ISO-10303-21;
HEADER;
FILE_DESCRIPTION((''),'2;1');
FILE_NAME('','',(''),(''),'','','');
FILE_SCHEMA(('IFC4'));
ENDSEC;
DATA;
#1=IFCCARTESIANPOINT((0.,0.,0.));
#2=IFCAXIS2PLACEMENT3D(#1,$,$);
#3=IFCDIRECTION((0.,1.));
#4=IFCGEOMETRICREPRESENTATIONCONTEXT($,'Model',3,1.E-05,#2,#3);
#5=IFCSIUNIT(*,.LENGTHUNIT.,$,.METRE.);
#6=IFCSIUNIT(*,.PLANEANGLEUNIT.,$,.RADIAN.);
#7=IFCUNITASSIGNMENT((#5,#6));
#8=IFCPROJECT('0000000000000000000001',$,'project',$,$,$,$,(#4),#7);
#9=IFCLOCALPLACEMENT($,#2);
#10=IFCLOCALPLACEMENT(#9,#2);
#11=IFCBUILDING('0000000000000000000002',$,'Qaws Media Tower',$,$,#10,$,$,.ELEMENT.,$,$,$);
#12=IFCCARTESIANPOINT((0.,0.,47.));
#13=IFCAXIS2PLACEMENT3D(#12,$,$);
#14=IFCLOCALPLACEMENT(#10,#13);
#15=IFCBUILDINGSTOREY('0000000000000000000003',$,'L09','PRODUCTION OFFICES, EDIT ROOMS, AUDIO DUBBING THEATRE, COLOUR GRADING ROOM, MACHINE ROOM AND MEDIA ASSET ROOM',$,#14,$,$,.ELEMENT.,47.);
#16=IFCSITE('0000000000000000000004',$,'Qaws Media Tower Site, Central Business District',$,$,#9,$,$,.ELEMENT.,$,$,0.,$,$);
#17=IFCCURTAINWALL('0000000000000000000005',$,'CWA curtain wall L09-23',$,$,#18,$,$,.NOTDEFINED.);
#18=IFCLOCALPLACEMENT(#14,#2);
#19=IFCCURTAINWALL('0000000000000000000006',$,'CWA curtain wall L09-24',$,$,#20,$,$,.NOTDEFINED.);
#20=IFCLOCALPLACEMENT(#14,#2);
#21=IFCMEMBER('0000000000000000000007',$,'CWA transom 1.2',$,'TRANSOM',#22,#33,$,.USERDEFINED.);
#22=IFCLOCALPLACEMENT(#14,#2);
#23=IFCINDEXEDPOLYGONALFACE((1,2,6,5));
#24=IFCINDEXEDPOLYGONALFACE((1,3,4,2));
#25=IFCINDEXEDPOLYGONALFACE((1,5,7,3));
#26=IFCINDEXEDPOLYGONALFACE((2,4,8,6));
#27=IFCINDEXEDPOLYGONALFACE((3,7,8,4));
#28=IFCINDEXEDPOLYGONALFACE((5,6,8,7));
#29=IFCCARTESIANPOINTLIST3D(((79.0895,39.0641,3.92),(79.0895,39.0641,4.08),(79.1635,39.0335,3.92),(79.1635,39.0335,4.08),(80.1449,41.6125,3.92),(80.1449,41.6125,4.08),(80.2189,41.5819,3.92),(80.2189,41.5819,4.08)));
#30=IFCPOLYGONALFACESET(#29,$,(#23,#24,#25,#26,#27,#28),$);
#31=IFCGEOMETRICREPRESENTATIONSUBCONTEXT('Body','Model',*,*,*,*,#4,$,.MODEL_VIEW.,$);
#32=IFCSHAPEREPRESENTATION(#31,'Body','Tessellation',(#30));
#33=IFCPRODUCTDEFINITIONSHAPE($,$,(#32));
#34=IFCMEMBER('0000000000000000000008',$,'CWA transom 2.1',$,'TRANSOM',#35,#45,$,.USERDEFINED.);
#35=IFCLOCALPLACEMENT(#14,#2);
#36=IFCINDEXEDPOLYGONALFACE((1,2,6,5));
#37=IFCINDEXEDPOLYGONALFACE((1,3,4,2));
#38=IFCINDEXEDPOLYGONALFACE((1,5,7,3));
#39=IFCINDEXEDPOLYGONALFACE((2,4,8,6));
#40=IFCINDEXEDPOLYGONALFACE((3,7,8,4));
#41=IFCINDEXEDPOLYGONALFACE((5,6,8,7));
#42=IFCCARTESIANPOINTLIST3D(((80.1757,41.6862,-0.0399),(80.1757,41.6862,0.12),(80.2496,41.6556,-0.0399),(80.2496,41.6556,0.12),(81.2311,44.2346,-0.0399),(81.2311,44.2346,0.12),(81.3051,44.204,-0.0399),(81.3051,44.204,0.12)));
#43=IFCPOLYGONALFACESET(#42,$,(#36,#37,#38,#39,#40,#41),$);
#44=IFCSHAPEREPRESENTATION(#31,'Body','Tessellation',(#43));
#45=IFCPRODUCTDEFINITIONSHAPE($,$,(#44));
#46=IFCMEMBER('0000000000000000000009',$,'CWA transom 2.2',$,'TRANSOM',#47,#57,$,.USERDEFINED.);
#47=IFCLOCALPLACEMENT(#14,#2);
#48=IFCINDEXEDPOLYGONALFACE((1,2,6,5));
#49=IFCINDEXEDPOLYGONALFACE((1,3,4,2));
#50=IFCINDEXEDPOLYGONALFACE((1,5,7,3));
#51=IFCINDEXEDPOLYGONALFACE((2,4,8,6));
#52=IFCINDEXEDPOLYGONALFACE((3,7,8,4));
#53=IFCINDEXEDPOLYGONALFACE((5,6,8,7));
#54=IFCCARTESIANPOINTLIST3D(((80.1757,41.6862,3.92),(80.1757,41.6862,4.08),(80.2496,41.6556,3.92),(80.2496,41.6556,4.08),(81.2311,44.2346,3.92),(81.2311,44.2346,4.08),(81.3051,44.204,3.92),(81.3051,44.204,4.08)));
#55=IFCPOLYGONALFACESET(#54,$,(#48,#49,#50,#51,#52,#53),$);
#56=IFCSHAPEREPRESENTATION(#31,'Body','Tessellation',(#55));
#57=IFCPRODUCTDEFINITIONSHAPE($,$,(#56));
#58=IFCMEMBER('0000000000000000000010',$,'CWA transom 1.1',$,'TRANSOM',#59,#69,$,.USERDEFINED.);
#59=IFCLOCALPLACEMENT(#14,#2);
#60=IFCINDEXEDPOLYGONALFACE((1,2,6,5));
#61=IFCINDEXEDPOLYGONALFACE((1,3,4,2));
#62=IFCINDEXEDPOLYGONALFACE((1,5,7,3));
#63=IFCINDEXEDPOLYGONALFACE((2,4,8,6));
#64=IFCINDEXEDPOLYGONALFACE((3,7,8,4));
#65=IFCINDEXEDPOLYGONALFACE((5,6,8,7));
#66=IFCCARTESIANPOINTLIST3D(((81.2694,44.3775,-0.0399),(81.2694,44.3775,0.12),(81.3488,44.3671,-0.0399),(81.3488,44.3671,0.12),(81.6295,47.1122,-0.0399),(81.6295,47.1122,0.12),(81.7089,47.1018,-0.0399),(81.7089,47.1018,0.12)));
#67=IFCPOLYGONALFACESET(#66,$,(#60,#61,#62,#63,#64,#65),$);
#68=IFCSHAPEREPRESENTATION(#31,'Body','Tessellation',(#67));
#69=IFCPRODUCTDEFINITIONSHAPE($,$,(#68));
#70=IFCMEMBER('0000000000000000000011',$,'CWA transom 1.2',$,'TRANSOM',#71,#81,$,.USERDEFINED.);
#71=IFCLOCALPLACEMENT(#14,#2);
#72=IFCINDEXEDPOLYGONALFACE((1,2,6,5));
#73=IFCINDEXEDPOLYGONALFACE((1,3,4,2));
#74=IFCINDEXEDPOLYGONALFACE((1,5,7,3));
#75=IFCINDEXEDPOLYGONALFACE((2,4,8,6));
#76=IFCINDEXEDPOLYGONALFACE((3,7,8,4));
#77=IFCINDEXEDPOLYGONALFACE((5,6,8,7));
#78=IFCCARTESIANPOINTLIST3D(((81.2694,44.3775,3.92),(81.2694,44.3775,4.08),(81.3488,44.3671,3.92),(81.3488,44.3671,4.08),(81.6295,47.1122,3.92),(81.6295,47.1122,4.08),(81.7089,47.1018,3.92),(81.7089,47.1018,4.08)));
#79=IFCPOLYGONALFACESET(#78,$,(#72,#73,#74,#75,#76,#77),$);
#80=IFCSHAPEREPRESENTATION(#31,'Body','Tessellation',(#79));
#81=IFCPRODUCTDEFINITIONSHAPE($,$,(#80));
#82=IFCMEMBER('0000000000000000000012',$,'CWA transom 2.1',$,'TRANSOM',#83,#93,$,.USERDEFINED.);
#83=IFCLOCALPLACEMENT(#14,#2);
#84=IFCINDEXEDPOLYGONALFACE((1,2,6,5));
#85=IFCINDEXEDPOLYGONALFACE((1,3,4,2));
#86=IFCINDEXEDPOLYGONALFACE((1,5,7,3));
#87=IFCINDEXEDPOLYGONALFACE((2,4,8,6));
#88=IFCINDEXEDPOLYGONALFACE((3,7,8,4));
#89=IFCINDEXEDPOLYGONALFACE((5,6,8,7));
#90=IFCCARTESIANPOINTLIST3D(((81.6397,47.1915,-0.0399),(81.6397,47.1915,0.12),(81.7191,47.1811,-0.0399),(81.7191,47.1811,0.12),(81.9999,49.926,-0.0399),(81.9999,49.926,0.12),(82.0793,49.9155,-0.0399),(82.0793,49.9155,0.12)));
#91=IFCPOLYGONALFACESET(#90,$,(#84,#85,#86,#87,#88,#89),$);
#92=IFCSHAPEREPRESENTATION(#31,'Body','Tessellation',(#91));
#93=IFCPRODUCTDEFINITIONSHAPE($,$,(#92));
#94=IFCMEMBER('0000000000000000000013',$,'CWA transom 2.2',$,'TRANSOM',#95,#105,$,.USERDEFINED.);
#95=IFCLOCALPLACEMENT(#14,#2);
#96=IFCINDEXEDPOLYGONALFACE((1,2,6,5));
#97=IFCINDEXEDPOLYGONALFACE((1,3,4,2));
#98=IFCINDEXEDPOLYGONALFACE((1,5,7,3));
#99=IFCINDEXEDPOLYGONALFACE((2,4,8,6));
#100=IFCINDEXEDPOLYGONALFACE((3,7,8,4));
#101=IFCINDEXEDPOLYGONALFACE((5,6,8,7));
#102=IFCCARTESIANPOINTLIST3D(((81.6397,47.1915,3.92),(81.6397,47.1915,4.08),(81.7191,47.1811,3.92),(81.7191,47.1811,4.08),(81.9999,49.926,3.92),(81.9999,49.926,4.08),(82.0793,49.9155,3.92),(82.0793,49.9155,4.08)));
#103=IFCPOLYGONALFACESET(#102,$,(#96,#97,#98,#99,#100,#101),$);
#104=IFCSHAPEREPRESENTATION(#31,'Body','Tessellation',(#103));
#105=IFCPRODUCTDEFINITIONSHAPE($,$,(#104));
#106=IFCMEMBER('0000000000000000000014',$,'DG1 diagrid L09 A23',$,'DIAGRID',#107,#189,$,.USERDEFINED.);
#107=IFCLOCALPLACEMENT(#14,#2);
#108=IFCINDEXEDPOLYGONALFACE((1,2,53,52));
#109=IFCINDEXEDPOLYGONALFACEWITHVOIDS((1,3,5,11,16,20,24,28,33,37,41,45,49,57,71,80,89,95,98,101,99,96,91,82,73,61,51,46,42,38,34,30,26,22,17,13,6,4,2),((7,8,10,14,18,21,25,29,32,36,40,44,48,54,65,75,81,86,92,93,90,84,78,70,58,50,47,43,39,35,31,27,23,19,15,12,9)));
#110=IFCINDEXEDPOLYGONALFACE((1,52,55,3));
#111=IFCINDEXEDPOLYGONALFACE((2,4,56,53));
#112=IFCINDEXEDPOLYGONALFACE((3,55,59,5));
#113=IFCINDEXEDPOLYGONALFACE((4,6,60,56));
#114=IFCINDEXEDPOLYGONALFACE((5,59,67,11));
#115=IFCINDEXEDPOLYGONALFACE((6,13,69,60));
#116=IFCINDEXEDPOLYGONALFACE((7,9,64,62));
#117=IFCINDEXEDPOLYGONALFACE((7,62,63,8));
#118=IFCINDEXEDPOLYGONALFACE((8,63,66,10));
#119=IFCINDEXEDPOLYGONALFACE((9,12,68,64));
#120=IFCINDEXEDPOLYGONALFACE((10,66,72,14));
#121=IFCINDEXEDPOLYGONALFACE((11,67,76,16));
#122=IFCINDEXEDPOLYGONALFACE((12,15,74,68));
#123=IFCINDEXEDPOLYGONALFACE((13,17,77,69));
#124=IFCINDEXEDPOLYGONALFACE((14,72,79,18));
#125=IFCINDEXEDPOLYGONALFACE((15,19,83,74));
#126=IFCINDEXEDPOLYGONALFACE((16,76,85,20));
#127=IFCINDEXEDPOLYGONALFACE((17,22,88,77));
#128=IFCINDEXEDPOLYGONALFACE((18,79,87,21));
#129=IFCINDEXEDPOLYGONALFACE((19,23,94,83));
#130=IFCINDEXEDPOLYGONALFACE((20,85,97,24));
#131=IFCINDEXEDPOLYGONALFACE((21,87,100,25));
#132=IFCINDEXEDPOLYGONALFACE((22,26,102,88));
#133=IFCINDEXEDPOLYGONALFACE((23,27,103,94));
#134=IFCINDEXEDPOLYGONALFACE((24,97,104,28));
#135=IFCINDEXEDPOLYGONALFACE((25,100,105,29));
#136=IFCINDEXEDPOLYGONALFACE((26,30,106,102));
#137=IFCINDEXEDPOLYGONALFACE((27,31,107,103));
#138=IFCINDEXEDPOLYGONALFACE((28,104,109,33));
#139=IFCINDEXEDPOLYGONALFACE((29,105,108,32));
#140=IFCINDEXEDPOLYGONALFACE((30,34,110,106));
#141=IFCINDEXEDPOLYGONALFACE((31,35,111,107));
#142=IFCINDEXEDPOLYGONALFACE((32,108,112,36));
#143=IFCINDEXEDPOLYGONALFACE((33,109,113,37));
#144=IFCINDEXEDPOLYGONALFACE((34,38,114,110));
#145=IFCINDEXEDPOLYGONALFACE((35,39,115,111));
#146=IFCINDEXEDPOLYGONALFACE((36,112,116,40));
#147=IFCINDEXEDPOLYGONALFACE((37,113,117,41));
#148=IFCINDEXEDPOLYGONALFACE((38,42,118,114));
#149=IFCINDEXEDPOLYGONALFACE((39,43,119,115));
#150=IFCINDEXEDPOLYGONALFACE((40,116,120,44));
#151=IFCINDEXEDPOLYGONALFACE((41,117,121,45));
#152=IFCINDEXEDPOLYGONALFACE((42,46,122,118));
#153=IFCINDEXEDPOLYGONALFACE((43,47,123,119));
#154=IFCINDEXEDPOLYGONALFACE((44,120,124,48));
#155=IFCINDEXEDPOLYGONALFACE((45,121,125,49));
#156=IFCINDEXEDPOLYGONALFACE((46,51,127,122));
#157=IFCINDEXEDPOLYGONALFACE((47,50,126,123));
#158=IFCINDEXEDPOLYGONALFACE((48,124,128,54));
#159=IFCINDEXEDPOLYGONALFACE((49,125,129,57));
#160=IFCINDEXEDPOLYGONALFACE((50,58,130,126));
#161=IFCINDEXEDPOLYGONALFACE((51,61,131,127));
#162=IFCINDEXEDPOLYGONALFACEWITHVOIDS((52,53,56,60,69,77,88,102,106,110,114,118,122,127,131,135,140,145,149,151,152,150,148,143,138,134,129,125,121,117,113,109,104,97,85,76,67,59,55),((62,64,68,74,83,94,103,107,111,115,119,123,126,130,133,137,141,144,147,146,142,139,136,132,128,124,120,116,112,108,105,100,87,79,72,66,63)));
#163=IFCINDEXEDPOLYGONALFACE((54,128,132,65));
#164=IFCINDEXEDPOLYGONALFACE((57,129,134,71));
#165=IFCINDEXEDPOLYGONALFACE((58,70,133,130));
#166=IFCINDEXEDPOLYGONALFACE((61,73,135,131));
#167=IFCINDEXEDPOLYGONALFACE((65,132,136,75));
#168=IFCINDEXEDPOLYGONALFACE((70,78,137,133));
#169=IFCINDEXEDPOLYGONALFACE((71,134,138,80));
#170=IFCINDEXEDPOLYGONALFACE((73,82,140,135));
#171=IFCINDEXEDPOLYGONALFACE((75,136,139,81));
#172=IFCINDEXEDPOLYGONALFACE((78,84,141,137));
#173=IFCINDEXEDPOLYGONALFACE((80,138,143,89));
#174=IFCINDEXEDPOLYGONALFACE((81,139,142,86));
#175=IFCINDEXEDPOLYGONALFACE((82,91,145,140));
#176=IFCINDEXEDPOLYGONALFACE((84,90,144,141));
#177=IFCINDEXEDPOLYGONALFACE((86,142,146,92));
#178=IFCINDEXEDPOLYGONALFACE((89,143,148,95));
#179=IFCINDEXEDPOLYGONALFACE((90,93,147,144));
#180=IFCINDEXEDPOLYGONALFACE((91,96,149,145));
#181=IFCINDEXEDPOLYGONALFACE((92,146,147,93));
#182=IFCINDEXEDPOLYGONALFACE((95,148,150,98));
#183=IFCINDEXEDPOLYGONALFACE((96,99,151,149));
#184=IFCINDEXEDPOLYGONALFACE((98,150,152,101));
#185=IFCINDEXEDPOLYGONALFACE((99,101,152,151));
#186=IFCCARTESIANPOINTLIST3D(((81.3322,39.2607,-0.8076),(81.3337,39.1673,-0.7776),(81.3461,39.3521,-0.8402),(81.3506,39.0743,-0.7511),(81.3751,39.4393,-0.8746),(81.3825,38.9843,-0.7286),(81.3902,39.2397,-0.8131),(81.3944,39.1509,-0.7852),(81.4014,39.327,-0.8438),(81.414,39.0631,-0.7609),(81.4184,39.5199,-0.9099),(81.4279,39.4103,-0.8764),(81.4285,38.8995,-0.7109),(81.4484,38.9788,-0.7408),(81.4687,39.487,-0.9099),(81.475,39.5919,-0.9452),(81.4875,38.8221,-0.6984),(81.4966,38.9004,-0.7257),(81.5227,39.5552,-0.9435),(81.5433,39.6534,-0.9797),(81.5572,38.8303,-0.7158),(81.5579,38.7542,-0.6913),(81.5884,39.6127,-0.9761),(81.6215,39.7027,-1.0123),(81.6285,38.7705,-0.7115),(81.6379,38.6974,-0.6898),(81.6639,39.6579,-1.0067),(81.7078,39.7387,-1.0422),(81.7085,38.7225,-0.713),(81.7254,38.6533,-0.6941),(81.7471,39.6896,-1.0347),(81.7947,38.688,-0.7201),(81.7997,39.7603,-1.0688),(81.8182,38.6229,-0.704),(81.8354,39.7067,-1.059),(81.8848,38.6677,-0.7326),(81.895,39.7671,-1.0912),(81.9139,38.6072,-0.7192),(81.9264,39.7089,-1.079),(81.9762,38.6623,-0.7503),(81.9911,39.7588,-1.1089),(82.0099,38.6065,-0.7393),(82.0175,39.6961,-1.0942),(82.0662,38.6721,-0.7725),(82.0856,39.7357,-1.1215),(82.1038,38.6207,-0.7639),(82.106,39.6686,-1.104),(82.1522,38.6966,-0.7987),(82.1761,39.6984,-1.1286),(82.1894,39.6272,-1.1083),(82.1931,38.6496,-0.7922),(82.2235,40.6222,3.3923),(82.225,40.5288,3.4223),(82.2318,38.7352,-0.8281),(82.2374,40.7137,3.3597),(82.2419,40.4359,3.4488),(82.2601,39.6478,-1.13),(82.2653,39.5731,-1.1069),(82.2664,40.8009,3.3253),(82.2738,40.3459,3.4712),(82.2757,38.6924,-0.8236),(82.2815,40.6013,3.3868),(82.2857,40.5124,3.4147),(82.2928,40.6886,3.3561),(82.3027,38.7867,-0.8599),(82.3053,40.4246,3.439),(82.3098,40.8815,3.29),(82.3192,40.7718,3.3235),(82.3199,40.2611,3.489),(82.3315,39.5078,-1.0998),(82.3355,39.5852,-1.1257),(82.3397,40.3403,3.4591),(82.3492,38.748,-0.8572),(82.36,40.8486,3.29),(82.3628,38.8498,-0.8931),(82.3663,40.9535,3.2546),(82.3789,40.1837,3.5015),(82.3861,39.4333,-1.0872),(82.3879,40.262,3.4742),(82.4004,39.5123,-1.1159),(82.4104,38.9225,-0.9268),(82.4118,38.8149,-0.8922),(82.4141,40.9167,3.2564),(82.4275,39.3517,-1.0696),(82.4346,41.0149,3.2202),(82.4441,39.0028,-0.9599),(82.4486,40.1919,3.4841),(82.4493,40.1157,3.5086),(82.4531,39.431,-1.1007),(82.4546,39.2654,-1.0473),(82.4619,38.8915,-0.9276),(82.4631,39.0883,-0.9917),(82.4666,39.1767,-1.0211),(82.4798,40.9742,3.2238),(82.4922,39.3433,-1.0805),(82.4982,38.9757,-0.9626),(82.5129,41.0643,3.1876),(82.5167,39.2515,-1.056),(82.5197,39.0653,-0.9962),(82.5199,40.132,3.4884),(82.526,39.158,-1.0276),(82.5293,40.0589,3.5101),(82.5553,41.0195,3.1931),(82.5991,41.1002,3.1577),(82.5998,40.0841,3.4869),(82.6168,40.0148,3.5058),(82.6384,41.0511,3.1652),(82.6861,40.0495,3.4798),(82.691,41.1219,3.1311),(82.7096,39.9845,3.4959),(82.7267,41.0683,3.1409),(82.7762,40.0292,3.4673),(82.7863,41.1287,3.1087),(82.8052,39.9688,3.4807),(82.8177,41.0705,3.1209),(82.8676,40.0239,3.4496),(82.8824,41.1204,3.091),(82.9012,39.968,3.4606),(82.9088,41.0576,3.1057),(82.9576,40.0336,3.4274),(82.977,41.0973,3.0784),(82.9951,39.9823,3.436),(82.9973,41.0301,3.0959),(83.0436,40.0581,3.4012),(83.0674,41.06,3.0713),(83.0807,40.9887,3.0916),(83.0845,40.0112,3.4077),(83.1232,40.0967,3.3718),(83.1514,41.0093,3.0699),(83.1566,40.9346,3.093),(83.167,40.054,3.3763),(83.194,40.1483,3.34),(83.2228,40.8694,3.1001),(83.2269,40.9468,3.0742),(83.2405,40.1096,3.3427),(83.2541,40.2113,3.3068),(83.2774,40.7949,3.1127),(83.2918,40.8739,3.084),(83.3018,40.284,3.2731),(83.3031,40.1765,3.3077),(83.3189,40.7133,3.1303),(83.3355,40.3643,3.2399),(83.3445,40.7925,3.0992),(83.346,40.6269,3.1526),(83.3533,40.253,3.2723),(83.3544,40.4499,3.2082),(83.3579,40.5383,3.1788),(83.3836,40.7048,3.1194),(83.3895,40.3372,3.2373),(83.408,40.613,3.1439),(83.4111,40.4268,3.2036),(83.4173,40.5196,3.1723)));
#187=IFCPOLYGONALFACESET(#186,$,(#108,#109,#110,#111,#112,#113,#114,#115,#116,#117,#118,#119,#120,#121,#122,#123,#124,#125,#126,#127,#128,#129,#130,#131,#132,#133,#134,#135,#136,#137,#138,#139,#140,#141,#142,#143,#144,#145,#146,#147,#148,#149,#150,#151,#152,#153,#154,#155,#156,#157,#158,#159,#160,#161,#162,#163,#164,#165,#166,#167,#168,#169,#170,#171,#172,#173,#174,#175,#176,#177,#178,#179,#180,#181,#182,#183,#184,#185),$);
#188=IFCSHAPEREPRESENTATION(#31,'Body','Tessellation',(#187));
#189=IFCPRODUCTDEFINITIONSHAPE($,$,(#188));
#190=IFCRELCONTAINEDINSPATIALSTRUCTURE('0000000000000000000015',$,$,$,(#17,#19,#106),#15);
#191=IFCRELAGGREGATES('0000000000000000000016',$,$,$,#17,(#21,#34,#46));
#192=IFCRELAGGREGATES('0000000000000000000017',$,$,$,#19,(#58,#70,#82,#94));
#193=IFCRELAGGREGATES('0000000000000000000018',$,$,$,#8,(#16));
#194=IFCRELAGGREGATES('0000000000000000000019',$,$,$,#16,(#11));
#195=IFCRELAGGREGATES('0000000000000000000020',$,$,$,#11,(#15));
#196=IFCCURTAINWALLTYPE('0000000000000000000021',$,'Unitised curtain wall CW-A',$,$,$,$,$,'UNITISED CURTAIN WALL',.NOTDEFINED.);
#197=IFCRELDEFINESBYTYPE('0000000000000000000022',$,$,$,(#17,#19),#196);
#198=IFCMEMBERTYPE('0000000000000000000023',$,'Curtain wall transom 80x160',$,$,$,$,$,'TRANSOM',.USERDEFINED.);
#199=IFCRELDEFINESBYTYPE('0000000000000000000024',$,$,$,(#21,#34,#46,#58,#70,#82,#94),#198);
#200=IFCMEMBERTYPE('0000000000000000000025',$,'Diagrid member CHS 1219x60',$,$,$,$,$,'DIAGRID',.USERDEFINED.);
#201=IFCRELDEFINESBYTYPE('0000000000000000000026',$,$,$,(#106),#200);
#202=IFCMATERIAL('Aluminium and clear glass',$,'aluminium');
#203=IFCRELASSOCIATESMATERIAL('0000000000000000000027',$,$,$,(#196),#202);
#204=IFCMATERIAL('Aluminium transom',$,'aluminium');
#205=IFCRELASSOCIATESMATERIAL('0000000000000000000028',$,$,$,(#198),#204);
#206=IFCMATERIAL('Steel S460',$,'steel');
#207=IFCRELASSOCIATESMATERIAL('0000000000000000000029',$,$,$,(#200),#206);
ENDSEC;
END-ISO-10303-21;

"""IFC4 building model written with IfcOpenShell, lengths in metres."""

from ifc_helpers import new_model, si_unit, direction, frame, origin, origin_2d, place, context, subcontext, project, spatial, rectangle, hollow_circle, extrude, material, material_profile, profile_set, type_object, element, aggregate, save


model = new_model("IFC4")

# Units and contexts
model_context = context("Model", 3, precision=1e-05, world=origin(), true_north=direction((0.0, 1.0)))
body_context = subcontext(model_context, "Body", "Model", "MODEL_VIEW")
ifc_project = project(units=[si_unit("LENGTHUNIT", "METRE"), si_unit("PLANEANGLEUNIT", "RADIAN")], contexts=[model_context])

# Site, building, storey
site_placement = place(None, origin())
site = spatial("IfcSite", under=ifc_project, at=site_placement, Name="Qaws Media Tower Site, Central Business District", CompositionType="ELEMENT", RefElevation=0.0)
building_placement = place(site_placement, origin())
building = spatial("IfcBuilding", under=site, at=building_placement, Name="Qaws Media Tower", CompositionType="ELEMENT")
storey_placement = place(building_placement, frame((0.0, 0.0, 47.0)))
storey = spatial("IfcBuildingStorey", under=building, at=storey_placement, Name="L09", Description="PRODUCTION OFFICES, EDIT ROOMS, AUDIO DUBBING THEATRE, COLOUR GRADING ROOM, MACHINE ROOM AND MEDIA ASSET ROOM", CompositionType="ELEMENT", Elevation=47.0)

# Shared definitions
ifc_material_1 = material(Name="Aluminium and clear glass", Category="aluminium")
curtain_wall_type = type_object("IfcCurtainWallType", Name="Unitised curtain wall CW-A", ElementType="UNITISED CURTAIN WALL", PredefinedType="NOTDEFINED", material=ifc_material_1)

# Curtain walls
curtain_wall_1_placement = place(storey_placement, origin())
curtain_wall_1 = element("IfcCurtainWall", 1, at=curtain_wall_1_placement, inside=storey, type_object=curtain_wall_type, Name="CWA curtain wall L09-23", PredefinedType="NOTDEFINED")
curtain_wall_2_placement = place(storey_placement, origin())
curtain_wall_2 = element("IfcCurtainWall", 2, at=curtain_wall_2_placement, inside=storey, type_object=curtain_wall_type, Name="CWA curtain wall L09-24", PredefinedType="NOTDEFINED")

# Members
ifc_material_2 = material(Name="Aluminium transom", Category="aluminium")
ifc_material_profile_1 = material_profile(ifc_material_2, rectangle(XDim=0.0801, YDim=0.1599, at=origin_2d()), Name="80x160")
ifc_profile_set_1 = profile_set([ifc_material_profile_1], Name="Aluminium transom")
member_type_1 = type_object("IfcMemberType", Name="Curtain wall transom 80x160", ElementType="TRANSOM", PredefinedType="USERDEFINED", material=ifc_profile_set_1)
member_1_placement = place(storey_placement, frame((79.1265, 39.0488, 4.0), z_axis=(0.382641, 0.923897, 0.0), x_axis=(-0.923897, 0.382641, 0.0)))
member_1 = element("IfcMember", 3, at=member_1_placement, type_object=member_type_1, Name="CWA transom 1.2", ObjectType="TRANSOM", PredefinedType="USERDEFINED", context=body_context, shape_type="SweptSolid", body=[
    extrude(rectangle(XDim=0.0801, YDim=0.1599, at=origin_2d()), origin(), (0.0, 0.0, 1.0), 2.7583),
])
member_2_placement = place(storey_placement, frame((80.2126, 41.6709, 0.04), z_axis=(0.382641, 0.923897, 0.0), x_axis=(-0.923897, 0.382641, 0.0)))
member_2 = element("IfcMember", 4, at=member_2_placement, type_object=member_type_1, Name="CWA transom 2.1", ObjectType="TRANSOM", PredefinedType="USERDEFINED", context=body_context, shape_type="SweptSolid", body=[
    extrude(rectangle(XDim=0.0801, YDim=0.1599, at=origin_2d()), origin(), (0.0, 0.0, 1.0), 2.7583),
])
member_3_placement = place(storey_placement, frame((80.2126, 41.6709, 4.0), z_axis=(0.382641, 0.923897, 0.0), x_axis=(-0.923897, 0.382641, 0.0)))
member_3 = element("IfcMember", 5, at=member_3_placement, type_object=member_type_1, Name="CWA transom 2.2", ObjectType="TRANSOM", PredefinedType="USERDEFINED", context=body_context, shape_type="SweptSolid", body=[
    extrude(rectangle(XDim=0.0801, YDim=0.1599, at=origin_2d()), origin(), (0.0, 0.0, 1.0), 2.7583),
])
member_4_placement = place(storey_placement, frame((81.3091, 44.3723, 0.04), z_axis=(0.130558, 0.991441, 0.0), x_axis=(-0.991441, 0.130558, 0.0)))
member_4 = element("IfcMember", 6, at=member_4_placement, type_object=member_type_1, Name="CWA transom 1.1", ObjectType="TRANSOM", PredefinedType="USERDEFINED", context=body_context, shape_type="SweptSolid", body=[
    extrude(rectangle(XDim=0.0801, YDim=0.1599, at=origin_2d()), origin(), (0.0, 0.0, 1.0), 2.7583),
])
member_5_placement = place(storey_placement, frame((81.3091, 44.3723, 4.0), z_axis=(0.130558, 0.991441, 0.0), x_axis=(-0.991441, 0.130558, 0.0)))
member_5 = element("IfcMember", 7, at=member_5_placement, type_object=member_type_1, Name="CWA transom 1.2", ObjectType="TRANSOM", PredefinedType="USERDEFINED", context=body_context, shape_type="SweptSolid", body=[
    extrude(rectangle(XDim=0.0801, YDim=0.1599, at=origin_2d()), origin(), (0.0, 0.0, 1.0), 2.7583),
])
member_6_placement = place(storey_placement, frame((81.6794, 47.1863, 0.04), z_axis=(0.130569, 0.991439, 0.0), x_axis=(-0.991439, 0.130569, 0.0)))
member_6 = element("IfcMember", 8, at=member_6_placement, type_object=member_type_1, Name="CWA transom 2.1", ObjectType="TRANSOM", PredefinedType="USERDEFINED", context=body_context, shape_type="SweptSolid", body=[
    extrude(rectangle(XDim=0.0801, YDim=0.1599, at=origin_2d()), origin(), (0.0, 0.0, 1.0), 2.7581),
])
member_7_placement = place(storey_placement, frame((81.6794, 47.1863, 4.0), z_axis=(0.130569, 0.991439, 0.0), x_axis=(-0.991439, 0.130569, 0.0)))
member_7 = element("IfcMember", 9, at=member_7_placement, type_object=member_type_1, Name="CWA transom 2.2", ObjectType="TRANSOM", PredefinedType="USERDEFINED", context=body_context, shape_type="SweptSolid", body=[
    extrude(rectangle(XDim=0.0801, YDim=0.1599, at=origin_2d()), origin(), (0.0, 0.0, 1.0), 2.7581),
])

# Member
ifc_material_3 = material(Name="Steel S460", Category="steel")
ifc_material_profile_2 = material_profile(ifc_material_3, hollow_circle(Radius=0.6096, WallThickness=0.0601, at=origin_2d()), Name="CHS 1219x60")
ifc_profile_set_2 = profile_set([ifc_material_profile_2], Name="Steel S460")
member_type_2 = type_object("IfcMemberType", Name="Diagrid member CHS 1219x60", ElementType="DIAGRID", PredefinedType="USERDEFINED", material=ifc_profile_set_2)
member_8_placement = place(storey_placement, frame((81.9285, 39.186, -0.9099), z_axis=(0.197894, 0.302288, 0.932448), x_axis=(-0.83666, 0.547722, 0.0)))
element("IfcMember", 10, at=member_8_placement, inside=storey, type_object=member_type_2, Name="DG1 diagrid L09 A23", ObjectType="DIAGRID", PredefinedType="USERDEFINED", context=body_context, shape_type="SweptSolid", body=[
    extrude(hollow_circle(Radius=0.6096, WallThickness=0.0601, at=origin_2d()), origin(), (0.0, 0.0, 1.0), 4.5042),
])

aggregate(curtain_wall_1, [member_1, member_2, member_3])
aggregate(curtain_wall_2, [member_4, member_5, member_6, member_7])

save(model, "model.ifc")
